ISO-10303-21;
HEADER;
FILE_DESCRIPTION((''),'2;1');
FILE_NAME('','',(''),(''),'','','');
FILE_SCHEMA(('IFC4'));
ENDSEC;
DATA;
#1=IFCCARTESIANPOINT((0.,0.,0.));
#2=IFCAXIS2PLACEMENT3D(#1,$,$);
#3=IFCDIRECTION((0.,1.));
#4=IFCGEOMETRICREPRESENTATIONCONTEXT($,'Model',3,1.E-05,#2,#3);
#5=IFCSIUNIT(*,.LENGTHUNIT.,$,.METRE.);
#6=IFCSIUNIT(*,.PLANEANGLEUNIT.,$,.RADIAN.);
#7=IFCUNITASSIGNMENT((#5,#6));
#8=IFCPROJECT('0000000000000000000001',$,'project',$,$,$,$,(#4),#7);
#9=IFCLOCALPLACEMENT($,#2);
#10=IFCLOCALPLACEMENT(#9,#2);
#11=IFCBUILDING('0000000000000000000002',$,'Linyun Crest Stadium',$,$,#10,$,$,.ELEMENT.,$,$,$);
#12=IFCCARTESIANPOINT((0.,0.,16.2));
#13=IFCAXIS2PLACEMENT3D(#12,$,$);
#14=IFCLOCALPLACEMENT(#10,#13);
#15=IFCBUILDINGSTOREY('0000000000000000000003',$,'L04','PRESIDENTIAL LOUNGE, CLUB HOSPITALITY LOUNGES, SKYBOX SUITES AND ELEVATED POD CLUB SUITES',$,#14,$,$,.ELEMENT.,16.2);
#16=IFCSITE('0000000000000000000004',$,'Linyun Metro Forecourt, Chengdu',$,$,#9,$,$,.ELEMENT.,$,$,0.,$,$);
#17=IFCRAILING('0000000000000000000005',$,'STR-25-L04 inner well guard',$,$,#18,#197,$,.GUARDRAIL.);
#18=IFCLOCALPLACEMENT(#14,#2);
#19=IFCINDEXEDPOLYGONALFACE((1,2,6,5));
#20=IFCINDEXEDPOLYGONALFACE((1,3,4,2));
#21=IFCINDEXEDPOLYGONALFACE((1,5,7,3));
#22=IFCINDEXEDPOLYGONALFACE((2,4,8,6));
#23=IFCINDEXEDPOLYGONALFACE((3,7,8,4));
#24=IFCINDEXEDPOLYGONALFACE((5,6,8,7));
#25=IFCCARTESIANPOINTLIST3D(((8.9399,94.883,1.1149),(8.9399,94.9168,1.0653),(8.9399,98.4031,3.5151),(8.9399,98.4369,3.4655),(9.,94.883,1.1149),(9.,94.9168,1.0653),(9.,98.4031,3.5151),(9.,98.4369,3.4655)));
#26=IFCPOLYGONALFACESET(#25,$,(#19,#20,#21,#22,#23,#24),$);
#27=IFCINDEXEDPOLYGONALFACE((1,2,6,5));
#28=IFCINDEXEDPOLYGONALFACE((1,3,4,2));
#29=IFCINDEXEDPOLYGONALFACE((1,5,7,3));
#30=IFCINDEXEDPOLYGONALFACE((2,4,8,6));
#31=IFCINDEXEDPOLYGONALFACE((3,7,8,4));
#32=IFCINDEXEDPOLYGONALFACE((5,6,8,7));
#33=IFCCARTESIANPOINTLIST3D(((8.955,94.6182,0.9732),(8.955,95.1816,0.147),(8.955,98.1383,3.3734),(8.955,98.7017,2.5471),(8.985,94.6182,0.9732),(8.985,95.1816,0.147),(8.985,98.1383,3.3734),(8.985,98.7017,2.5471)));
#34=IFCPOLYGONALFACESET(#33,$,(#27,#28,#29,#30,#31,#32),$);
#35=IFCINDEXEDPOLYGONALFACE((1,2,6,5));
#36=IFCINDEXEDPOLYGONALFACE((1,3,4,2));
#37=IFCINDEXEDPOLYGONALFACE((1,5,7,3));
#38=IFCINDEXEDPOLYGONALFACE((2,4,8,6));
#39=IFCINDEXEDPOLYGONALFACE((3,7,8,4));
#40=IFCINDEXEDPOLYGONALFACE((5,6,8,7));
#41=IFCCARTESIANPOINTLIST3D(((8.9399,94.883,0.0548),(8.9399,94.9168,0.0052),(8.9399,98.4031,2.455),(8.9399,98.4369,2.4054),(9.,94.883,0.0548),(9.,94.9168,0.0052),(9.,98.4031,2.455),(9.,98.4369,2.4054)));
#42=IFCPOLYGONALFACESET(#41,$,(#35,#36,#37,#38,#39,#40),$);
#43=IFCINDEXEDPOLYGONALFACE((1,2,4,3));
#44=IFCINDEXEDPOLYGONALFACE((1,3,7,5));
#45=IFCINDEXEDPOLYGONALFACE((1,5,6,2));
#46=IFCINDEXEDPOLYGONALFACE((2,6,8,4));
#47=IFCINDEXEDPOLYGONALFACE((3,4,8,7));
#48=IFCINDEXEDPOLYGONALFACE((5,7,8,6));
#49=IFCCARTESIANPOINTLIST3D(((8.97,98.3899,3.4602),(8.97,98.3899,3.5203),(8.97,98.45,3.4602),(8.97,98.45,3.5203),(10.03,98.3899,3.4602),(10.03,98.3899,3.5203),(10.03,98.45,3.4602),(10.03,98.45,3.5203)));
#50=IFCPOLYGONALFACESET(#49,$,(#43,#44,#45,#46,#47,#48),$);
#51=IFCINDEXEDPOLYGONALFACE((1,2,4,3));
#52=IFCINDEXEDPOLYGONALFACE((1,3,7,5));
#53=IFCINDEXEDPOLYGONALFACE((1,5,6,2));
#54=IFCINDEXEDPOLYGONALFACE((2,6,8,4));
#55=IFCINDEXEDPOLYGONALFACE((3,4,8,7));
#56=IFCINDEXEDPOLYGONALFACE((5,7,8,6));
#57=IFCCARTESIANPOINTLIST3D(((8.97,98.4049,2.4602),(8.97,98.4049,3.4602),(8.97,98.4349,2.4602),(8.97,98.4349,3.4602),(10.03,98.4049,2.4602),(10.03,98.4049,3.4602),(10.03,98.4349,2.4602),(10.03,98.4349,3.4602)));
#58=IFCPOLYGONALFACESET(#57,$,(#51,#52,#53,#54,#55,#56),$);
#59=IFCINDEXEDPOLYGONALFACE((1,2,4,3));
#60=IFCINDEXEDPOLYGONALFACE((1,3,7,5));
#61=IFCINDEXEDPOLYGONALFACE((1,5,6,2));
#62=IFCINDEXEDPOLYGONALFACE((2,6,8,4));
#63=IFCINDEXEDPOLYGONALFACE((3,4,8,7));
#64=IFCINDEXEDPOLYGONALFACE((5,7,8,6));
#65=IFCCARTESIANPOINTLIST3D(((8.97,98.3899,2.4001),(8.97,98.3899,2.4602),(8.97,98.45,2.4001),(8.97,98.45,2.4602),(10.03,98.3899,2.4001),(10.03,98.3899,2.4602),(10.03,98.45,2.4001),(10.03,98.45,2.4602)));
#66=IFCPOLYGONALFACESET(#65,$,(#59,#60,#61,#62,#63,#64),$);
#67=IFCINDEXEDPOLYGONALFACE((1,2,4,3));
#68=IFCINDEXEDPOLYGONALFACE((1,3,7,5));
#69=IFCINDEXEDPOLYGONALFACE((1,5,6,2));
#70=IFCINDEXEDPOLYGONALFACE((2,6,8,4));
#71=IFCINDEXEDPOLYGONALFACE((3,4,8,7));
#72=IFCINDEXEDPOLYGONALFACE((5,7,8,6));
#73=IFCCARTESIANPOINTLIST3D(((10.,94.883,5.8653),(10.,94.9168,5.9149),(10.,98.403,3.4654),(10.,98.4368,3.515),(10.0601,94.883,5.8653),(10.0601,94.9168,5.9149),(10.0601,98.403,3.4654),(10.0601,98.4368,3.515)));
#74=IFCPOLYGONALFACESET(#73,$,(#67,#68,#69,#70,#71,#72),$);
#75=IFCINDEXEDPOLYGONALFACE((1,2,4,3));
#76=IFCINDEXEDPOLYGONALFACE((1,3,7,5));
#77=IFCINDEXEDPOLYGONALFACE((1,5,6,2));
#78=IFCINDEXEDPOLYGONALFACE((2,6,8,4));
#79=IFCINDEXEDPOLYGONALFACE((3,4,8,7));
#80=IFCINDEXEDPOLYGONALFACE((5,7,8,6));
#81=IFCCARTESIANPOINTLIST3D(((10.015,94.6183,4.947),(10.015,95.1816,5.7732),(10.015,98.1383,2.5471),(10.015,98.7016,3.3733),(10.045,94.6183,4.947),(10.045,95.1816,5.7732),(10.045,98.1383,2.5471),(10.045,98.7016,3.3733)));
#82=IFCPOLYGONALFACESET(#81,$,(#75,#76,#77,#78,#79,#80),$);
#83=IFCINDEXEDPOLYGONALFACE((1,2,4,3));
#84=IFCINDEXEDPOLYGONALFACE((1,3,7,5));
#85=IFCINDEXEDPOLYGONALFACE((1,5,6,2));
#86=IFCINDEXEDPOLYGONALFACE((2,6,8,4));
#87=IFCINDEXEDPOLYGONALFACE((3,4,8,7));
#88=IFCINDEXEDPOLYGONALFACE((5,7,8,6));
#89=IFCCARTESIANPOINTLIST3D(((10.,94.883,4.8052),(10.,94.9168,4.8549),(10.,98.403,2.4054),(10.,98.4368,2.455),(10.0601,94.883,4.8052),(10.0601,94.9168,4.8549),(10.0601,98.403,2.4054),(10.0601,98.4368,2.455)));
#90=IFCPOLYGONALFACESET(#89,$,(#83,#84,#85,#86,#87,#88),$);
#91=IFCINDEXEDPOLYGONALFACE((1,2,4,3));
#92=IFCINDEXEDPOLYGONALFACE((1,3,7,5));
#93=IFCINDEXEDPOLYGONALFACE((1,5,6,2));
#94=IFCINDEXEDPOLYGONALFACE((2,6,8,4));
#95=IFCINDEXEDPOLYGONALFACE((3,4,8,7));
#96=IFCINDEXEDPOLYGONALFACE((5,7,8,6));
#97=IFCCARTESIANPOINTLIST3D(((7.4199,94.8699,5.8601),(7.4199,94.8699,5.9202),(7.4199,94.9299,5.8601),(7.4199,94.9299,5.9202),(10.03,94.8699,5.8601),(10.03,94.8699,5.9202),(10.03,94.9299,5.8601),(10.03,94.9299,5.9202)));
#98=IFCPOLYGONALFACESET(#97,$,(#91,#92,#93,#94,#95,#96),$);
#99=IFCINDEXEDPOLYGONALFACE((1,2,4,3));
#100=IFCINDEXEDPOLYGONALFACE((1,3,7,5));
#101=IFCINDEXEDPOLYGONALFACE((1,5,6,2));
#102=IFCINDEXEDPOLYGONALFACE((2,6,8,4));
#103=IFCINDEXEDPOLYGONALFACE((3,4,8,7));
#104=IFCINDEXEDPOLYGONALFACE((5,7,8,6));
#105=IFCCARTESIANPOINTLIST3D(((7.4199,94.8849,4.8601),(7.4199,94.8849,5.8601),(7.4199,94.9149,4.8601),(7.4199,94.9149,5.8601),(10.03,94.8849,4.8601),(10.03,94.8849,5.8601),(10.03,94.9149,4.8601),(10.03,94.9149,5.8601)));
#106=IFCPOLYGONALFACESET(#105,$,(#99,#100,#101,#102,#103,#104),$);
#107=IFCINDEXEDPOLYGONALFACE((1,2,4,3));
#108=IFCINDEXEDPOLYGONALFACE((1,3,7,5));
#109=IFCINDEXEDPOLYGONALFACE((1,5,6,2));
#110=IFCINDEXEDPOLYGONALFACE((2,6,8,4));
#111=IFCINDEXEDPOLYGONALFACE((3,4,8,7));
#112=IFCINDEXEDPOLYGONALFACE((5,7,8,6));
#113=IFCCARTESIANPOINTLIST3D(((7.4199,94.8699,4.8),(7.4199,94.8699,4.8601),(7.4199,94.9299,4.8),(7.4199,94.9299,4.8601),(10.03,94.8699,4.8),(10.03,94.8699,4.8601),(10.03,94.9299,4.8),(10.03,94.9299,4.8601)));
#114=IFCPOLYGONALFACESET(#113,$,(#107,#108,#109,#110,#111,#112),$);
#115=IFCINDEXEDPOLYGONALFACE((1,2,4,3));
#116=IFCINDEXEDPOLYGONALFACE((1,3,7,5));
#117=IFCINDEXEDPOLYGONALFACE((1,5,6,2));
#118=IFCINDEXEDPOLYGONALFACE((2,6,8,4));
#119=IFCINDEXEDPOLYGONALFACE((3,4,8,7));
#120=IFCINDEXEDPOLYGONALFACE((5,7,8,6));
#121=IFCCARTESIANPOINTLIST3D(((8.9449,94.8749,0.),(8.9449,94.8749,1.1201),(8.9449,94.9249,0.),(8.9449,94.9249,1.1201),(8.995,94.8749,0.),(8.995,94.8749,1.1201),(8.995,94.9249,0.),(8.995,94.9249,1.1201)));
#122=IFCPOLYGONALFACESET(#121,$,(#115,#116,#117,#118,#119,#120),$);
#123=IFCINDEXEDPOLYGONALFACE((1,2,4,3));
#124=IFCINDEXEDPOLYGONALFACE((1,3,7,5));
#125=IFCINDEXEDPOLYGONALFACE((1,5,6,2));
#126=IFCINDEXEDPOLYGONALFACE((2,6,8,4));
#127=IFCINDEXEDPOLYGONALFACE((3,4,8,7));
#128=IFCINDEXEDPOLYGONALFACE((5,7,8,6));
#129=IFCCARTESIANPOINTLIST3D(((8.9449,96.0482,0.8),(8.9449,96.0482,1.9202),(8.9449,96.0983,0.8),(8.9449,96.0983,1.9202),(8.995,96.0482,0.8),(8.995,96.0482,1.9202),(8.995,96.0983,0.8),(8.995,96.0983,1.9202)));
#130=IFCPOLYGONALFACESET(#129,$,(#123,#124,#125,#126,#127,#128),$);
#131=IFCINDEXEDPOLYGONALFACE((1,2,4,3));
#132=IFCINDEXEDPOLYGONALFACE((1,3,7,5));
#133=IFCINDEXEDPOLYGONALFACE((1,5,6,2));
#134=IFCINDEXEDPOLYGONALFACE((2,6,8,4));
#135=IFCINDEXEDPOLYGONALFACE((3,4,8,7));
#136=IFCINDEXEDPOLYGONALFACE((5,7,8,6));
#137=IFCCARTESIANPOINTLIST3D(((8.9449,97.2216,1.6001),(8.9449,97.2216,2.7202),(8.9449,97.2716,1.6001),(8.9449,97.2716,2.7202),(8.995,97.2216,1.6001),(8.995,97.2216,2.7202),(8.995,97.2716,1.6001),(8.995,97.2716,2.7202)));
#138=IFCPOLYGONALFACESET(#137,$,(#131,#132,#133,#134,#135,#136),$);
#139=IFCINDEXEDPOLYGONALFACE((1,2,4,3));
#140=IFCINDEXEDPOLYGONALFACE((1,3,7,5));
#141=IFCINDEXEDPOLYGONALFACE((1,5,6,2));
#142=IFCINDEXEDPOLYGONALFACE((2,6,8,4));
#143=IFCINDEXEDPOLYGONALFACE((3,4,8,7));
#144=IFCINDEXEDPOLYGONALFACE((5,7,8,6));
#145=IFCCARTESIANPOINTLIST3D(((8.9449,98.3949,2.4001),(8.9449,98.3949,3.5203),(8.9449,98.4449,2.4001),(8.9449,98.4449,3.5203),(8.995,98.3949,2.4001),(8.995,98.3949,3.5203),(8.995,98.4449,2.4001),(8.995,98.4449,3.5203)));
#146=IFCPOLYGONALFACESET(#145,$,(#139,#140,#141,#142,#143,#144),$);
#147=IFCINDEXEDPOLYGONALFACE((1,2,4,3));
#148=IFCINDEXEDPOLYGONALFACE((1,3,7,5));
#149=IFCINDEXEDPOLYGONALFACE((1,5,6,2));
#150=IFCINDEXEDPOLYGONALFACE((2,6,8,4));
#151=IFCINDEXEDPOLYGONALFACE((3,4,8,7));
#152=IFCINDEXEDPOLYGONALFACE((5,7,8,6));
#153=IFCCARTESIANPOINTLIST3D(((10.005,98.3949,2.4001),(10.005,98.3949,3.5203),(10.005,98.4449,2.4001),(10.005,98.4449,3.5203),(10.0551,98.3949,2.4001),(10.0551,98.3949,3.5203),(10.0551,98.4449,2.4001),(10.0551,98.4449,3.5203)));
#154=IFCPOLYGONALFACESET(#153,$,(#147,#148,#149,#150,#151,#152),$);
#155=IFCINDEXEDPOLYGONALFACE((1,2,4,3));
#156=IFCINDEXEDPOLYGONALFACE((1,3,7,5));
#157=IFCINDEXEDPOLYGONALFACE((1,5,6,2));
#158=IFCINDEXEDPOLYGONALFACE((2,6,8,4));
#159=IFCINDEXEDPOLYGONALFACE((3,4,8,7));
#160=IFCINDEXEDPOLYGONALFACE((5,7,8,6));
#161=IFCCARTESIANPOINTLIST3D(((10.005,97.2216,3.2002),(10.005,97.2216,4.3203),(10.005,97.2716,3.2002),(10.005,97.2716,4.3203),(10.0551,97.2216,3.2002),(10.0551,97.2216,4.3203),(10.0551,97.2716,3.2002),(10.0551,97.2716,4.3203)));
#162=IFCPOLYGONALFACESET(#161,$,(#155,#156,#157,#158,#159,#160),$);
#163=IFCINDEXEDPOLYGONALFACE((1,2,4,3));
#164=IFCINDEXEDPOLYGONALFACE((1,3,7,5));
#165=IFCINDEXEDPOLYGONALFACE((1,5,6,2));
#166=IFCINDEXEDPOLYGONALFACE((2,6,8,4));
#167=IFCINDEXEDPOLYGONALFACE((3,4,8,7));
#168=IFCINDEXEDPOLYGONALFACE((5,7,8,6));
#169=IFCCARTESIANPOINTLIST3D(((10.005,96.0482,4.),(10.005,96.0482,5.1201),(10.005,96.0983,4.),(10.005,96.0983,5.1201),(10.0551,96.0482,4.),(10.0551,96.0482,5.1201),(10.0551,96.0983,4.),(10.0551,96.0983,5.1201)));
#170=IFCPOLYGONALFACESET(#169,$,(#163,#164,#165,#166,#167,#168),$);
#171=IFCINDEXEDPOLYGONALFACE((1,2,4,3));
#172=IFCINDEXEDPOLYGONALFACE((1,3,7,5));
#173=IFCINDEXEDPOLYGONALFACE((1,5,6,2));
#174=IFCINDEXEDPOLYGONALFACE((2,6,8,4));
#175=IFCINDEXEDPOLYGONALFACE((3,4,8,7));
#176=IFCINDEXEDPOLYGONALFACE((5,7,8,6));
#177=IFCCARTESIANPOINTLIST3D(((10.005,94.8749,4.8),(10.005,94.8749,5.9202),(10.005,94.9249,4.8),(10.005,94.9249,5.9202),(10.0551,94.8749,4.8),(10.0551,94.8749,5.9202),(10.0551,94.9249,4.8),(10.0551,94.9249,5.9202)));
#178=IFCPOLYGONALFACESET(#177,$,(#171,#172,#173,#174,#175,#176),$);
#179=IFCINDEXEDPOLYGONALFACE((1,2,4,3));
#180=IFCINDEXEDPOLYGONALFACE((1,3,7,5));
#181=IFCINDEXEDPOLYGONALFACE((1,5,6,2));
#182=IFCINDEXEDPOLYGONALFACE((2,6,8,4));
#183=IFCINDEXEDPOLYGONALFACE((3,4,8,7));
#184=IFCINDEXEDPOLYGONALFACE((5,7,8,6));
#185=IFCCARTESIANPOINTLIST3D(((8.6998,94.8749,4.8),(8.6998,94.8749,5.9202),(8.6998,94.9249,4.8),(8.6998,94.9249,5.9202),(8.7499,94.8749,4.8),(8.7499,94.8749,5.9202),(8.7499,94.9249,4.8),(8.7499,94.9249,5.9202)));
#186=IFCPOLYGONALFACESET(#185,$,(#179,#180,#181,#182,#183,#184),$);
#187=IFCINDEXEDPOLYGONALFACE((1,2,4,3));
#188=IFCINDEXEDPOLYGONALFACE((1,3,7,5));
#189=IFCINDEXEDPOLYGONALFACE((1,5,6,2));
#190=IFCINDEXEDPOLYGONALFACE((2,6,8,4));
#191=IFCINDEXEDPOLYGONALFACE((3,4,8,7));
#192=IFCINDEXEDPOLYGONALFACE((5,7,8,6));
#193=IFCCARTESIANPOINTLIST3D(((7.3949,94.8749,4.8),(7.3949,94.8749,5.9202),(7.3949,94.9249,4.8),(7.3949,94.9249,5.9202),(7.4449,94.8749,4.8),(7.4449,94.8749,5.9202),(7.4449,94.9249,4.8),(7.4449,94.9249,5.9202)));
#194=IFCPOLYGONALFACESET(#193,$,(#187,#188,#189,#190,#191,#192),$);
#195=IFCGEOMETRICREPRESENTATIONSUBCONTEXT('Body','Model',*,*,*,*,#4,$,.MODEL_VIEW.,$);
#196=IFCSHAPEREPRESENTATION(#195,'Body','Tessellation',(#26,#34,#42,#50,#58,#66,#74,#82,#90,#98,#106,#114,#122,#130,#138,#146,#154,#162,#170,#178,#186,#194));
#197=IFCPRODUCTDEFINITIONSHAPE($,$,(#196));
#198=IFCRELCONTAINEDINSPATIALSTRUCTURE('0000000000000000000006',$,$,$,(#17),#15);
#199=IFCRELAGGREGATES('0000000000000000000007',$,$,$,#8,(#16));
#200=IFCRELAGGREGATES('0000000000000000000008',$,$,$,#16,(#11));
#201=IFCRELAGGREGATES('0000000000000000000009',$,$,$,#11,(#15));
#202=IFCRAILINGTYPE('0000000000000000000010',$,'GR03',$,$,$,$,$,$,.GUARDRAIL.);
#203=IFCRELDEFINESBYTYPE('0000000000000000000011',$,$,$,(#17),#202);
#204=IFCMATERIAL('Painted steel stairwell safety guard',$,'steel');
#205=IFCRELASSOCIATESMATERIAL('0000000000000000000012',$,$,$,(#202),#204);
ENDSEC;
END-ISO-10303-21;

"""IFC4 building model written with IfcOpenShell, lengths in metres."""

from ifc_helpers import new_model, si_unit, direction, frame, origin, origin_2d, place, context, subcontext, project, spatial, rectangle, extrude, material, type_object, element, save


model = new_model("IFC4")

# Units and contexts
model_context = context("Model", 3, precision=1e-05, world=origin(), true_north=direction((0.0, 1.0)))
body_context = subcontext(model_context, "Body", "Model", "MODEL_VIEW")
ifc_project = project(units=[si_unit("LENGTHUNIT", "METRE"), si_unit("PLANEANGLEUNIT", "RADIAN")], contexts=[model_context])

# Site, building, storey
site_placement = place(None, origin())
site = spatial("IfcSite", under=ifc_project, at=site_placement, Name="Linyun Metro Forecourt, Chengdu", CompositionType="ELEMENT", RefElevation=0.0)
building_placement = place(site_placement, origin())
building = spatial("IfcBuilding", under=site, at=building_placement, Name="Linyun Crest Stadium", CompositionType="ELEMENT")
storey_placement = place(building_placement, frame((0.0, 0.0, 16.2)))
storey = spatial("IfcBuildingStorey", under=building, at=storey_placement, Name="L04", Description="PRESIDENTIAL LOUNGE, CLUB HOSPITALITY LOUNGES, SKYBOX SUITES AND ELEVATED POD CLUB SUITES", CompositionType="ELEMENT", Elevation=16.2)

# Railing
ifc_material_1 = material(Name="Painted steel stairwell safety guard", Category="steel")
railing_type_1 = type_object("IfcRailingType", Name="GR03", PredefinedType="GUARDRAIL", material=ifc_material_1)
railing_1_placement = place(storey_placement, frame((8.97, 94.8999, 0.0)))
element("IfcRailing", 1, at=railing_1_placement, inside=storey, type_object=railing_type_1, Name="STR-25-L04 inner well guard", PredefinedType="GUARDRAIL", context=body_context, shape_type="SweptSolid", body=[
    extrude(rectangle(XDim=0.0601, YDim=0.0601, at=origin_2d()), frame((0.0, 0.0, 1.0901), z_axis=(0.0, 0.826213, 0.563358), x_axis=(-1.0, 0.0, 0.0)), (0.0, 0.0, 1.0), 4.2605),
    extrude(rectangle(XDim=0.03, YDim=1.0, at=origin_2d()), frame((0.0, 0.0, 0.5601), z_axis=(0.0, 0.826213, 0.563358), x_axis=(-1.0, 0.0, 0.0)), (0.0, 0.0, 1.0), 4.2605),
    extrude(rectangle(XDim=0.0601, YDim=0.0601, at=origin_2d()), frame((0.0, 0.0, 0.03), z_axis=(0.0, 0.826213, 0.563358), x_axis=(-1.0, 0.0, 0.0)), (0.0, 0.0, 1.0), 4.2605),
    extrude(rectangle(XDim=0.0601, YDim=0.0601, at=origin_2d()), frame((0.0, 3.52, 3.4902), z_axis=(1.0, 0.0, 0.0), x_axis=(0.0, 1.0, 0.0)), (0.0, 0.0, 1.0), 1.0601),
    extrude(rectangle(XDim=0.03, YDim=1.0, at=origin_2d()), frame((0.0, 3.52, 2.9602), z_axis=(1.0, 0.0, 0.0), x_axis=(0.0, 1.0, 0.0)), (0.0, 0.0, 1.0), 1.0601),
    extrude(rectangle(XDim=0.0601, YDim=0.0601, at=origin_2d()), frame((0.0, 3.52, 2.4302), z_axis=(1.0, 0.0, 0.0), x_axis=(0.0, 1.0, 0.0)), (0.0, 0.0, 1.0), 1.0601),
    extrude(rectangle(XDim=0.0601, YDim=0.0601, at=origin_2d()), frame((1.0601, 3.52, 3.4902), z_axis=(0.0, -0.826239, 0.563319), x_axis=(1.0, 0.0, 0.0)), (0.0, 0.0, 1.0), 4.2603),
    extrude(rectangle(XDim=0.03, YDim=1.0, at=origin_2d()), frame((1.0601, 3.52, 2.9602), z_axis=(0.0, -0.826239, 0.563319), x_axis=(1.0, 0.0, 0.0)), (0.0, 0.0, 1.0), 4.2603),
    extrude(rectangle(XDim=0.0601, YDim=0.0601, at=origin_2d()), frame((1.0601, 3.52, 2.4302), z_axis=(0.0, -0.826239, 0.563319), x_axis=(1.0, 0.0, 0.0)), (0.0, 0.0, 1.0), 4.2603),
    extrude(rectangle(XDim=0.0601, YDim=0.0601, at=origin_2d()), frame((1.0601, 0.0, 5.8901), z_axis=(-1.0, 0.0, 0.0), x_axis=(0.0, -1.0, 0.0)), (0.0, 0.0, 1.0), 2.6101),
    extrude(rectangle(XDim=0.03, YDim=1.0, at=origin_2d()), frame((1.0601, 0.0, 5.3601), z_axis=(-1.0, 0.0, 0.0), x_axis=(0.0, -1.0, 0.0)), (0.0, 0.0, 1.0), 2.6101),
    extrude(rectangle(XDim=0.0601, YDim=0.0601, at=origin_2d()), frame((1.0601, 0.0, 4.8301), z_axis=(-1.0, 0.0, 0.0), x_axis=(0.0, -1.0, 0.0)), (0.0, 0.0, 1.0), 2.6101),
    extrude(rectangle(XDim=0.05, YDim=0.05, at=origin_2d()), origin(), (0.0, 0.0, 1.0), 1.1201),
    extrude(rectangle(XDim=0.05, YDim=0.05, at=origin_2d()), frame((0.0, 1.1733, 0.8)), (0.0, 0.0, 1.0), 1.1201),
    extrude(rectangle(XDim=0.05, YDim=0.05, at=origin_2d()), frame((0.0, 2.3467, 1.6001)), (0.0, 0.0, 1.0), 1.1201),
    extrude(rectangle(XDim=0.05, YDim=0.05, at=origin_2d()), frame((0.0, 3.52, 2.4001)), (0.0, 0.0, 1.0), 1.1201),
    extrude(rectangle(XDim=0.05, YDim=0.05, at=origin_2d()), frame((1.0601, 3.52, 2.4001)), (0.0, 0.0, 1.0), 1.1201),
    extrude(rectangle(XDim=0.05, YDim=0.05, at=origin_2d()), frame((1.0601, 2.3467, 3.2002)), (0.0, 0.0, 1.0), 1.1201),
    extrude(rectangle(XDim=0.05, YDim=0.05, at=origin_2d()), frame((1.0601, 1.1733, 4.0)), (0.0, 0.0, 1.0), 1.1201),
    extrude(rectangle(XDim=0.05, YDim=0.05, at=origin_2d()), frame((1.0601, 0.0, 4.8)), (0.0, 0.0, 1.0), 1.1201),
    extrude(rectangle(XDim=0.05, YDim=0.05, at=origin_2d()), frame((-0.2451, 0.0, 4.8)), (0.0, 0.0, 1.0), 1.1201),
    extrude(rectangle(XDim=0.05, YDim=0.05, at=origin_2d()), frame((-1.55, 0.0, 4.8)), (0.0, 0.0, 1.0), 1.1201),
])

save(model, "model.ifc")
